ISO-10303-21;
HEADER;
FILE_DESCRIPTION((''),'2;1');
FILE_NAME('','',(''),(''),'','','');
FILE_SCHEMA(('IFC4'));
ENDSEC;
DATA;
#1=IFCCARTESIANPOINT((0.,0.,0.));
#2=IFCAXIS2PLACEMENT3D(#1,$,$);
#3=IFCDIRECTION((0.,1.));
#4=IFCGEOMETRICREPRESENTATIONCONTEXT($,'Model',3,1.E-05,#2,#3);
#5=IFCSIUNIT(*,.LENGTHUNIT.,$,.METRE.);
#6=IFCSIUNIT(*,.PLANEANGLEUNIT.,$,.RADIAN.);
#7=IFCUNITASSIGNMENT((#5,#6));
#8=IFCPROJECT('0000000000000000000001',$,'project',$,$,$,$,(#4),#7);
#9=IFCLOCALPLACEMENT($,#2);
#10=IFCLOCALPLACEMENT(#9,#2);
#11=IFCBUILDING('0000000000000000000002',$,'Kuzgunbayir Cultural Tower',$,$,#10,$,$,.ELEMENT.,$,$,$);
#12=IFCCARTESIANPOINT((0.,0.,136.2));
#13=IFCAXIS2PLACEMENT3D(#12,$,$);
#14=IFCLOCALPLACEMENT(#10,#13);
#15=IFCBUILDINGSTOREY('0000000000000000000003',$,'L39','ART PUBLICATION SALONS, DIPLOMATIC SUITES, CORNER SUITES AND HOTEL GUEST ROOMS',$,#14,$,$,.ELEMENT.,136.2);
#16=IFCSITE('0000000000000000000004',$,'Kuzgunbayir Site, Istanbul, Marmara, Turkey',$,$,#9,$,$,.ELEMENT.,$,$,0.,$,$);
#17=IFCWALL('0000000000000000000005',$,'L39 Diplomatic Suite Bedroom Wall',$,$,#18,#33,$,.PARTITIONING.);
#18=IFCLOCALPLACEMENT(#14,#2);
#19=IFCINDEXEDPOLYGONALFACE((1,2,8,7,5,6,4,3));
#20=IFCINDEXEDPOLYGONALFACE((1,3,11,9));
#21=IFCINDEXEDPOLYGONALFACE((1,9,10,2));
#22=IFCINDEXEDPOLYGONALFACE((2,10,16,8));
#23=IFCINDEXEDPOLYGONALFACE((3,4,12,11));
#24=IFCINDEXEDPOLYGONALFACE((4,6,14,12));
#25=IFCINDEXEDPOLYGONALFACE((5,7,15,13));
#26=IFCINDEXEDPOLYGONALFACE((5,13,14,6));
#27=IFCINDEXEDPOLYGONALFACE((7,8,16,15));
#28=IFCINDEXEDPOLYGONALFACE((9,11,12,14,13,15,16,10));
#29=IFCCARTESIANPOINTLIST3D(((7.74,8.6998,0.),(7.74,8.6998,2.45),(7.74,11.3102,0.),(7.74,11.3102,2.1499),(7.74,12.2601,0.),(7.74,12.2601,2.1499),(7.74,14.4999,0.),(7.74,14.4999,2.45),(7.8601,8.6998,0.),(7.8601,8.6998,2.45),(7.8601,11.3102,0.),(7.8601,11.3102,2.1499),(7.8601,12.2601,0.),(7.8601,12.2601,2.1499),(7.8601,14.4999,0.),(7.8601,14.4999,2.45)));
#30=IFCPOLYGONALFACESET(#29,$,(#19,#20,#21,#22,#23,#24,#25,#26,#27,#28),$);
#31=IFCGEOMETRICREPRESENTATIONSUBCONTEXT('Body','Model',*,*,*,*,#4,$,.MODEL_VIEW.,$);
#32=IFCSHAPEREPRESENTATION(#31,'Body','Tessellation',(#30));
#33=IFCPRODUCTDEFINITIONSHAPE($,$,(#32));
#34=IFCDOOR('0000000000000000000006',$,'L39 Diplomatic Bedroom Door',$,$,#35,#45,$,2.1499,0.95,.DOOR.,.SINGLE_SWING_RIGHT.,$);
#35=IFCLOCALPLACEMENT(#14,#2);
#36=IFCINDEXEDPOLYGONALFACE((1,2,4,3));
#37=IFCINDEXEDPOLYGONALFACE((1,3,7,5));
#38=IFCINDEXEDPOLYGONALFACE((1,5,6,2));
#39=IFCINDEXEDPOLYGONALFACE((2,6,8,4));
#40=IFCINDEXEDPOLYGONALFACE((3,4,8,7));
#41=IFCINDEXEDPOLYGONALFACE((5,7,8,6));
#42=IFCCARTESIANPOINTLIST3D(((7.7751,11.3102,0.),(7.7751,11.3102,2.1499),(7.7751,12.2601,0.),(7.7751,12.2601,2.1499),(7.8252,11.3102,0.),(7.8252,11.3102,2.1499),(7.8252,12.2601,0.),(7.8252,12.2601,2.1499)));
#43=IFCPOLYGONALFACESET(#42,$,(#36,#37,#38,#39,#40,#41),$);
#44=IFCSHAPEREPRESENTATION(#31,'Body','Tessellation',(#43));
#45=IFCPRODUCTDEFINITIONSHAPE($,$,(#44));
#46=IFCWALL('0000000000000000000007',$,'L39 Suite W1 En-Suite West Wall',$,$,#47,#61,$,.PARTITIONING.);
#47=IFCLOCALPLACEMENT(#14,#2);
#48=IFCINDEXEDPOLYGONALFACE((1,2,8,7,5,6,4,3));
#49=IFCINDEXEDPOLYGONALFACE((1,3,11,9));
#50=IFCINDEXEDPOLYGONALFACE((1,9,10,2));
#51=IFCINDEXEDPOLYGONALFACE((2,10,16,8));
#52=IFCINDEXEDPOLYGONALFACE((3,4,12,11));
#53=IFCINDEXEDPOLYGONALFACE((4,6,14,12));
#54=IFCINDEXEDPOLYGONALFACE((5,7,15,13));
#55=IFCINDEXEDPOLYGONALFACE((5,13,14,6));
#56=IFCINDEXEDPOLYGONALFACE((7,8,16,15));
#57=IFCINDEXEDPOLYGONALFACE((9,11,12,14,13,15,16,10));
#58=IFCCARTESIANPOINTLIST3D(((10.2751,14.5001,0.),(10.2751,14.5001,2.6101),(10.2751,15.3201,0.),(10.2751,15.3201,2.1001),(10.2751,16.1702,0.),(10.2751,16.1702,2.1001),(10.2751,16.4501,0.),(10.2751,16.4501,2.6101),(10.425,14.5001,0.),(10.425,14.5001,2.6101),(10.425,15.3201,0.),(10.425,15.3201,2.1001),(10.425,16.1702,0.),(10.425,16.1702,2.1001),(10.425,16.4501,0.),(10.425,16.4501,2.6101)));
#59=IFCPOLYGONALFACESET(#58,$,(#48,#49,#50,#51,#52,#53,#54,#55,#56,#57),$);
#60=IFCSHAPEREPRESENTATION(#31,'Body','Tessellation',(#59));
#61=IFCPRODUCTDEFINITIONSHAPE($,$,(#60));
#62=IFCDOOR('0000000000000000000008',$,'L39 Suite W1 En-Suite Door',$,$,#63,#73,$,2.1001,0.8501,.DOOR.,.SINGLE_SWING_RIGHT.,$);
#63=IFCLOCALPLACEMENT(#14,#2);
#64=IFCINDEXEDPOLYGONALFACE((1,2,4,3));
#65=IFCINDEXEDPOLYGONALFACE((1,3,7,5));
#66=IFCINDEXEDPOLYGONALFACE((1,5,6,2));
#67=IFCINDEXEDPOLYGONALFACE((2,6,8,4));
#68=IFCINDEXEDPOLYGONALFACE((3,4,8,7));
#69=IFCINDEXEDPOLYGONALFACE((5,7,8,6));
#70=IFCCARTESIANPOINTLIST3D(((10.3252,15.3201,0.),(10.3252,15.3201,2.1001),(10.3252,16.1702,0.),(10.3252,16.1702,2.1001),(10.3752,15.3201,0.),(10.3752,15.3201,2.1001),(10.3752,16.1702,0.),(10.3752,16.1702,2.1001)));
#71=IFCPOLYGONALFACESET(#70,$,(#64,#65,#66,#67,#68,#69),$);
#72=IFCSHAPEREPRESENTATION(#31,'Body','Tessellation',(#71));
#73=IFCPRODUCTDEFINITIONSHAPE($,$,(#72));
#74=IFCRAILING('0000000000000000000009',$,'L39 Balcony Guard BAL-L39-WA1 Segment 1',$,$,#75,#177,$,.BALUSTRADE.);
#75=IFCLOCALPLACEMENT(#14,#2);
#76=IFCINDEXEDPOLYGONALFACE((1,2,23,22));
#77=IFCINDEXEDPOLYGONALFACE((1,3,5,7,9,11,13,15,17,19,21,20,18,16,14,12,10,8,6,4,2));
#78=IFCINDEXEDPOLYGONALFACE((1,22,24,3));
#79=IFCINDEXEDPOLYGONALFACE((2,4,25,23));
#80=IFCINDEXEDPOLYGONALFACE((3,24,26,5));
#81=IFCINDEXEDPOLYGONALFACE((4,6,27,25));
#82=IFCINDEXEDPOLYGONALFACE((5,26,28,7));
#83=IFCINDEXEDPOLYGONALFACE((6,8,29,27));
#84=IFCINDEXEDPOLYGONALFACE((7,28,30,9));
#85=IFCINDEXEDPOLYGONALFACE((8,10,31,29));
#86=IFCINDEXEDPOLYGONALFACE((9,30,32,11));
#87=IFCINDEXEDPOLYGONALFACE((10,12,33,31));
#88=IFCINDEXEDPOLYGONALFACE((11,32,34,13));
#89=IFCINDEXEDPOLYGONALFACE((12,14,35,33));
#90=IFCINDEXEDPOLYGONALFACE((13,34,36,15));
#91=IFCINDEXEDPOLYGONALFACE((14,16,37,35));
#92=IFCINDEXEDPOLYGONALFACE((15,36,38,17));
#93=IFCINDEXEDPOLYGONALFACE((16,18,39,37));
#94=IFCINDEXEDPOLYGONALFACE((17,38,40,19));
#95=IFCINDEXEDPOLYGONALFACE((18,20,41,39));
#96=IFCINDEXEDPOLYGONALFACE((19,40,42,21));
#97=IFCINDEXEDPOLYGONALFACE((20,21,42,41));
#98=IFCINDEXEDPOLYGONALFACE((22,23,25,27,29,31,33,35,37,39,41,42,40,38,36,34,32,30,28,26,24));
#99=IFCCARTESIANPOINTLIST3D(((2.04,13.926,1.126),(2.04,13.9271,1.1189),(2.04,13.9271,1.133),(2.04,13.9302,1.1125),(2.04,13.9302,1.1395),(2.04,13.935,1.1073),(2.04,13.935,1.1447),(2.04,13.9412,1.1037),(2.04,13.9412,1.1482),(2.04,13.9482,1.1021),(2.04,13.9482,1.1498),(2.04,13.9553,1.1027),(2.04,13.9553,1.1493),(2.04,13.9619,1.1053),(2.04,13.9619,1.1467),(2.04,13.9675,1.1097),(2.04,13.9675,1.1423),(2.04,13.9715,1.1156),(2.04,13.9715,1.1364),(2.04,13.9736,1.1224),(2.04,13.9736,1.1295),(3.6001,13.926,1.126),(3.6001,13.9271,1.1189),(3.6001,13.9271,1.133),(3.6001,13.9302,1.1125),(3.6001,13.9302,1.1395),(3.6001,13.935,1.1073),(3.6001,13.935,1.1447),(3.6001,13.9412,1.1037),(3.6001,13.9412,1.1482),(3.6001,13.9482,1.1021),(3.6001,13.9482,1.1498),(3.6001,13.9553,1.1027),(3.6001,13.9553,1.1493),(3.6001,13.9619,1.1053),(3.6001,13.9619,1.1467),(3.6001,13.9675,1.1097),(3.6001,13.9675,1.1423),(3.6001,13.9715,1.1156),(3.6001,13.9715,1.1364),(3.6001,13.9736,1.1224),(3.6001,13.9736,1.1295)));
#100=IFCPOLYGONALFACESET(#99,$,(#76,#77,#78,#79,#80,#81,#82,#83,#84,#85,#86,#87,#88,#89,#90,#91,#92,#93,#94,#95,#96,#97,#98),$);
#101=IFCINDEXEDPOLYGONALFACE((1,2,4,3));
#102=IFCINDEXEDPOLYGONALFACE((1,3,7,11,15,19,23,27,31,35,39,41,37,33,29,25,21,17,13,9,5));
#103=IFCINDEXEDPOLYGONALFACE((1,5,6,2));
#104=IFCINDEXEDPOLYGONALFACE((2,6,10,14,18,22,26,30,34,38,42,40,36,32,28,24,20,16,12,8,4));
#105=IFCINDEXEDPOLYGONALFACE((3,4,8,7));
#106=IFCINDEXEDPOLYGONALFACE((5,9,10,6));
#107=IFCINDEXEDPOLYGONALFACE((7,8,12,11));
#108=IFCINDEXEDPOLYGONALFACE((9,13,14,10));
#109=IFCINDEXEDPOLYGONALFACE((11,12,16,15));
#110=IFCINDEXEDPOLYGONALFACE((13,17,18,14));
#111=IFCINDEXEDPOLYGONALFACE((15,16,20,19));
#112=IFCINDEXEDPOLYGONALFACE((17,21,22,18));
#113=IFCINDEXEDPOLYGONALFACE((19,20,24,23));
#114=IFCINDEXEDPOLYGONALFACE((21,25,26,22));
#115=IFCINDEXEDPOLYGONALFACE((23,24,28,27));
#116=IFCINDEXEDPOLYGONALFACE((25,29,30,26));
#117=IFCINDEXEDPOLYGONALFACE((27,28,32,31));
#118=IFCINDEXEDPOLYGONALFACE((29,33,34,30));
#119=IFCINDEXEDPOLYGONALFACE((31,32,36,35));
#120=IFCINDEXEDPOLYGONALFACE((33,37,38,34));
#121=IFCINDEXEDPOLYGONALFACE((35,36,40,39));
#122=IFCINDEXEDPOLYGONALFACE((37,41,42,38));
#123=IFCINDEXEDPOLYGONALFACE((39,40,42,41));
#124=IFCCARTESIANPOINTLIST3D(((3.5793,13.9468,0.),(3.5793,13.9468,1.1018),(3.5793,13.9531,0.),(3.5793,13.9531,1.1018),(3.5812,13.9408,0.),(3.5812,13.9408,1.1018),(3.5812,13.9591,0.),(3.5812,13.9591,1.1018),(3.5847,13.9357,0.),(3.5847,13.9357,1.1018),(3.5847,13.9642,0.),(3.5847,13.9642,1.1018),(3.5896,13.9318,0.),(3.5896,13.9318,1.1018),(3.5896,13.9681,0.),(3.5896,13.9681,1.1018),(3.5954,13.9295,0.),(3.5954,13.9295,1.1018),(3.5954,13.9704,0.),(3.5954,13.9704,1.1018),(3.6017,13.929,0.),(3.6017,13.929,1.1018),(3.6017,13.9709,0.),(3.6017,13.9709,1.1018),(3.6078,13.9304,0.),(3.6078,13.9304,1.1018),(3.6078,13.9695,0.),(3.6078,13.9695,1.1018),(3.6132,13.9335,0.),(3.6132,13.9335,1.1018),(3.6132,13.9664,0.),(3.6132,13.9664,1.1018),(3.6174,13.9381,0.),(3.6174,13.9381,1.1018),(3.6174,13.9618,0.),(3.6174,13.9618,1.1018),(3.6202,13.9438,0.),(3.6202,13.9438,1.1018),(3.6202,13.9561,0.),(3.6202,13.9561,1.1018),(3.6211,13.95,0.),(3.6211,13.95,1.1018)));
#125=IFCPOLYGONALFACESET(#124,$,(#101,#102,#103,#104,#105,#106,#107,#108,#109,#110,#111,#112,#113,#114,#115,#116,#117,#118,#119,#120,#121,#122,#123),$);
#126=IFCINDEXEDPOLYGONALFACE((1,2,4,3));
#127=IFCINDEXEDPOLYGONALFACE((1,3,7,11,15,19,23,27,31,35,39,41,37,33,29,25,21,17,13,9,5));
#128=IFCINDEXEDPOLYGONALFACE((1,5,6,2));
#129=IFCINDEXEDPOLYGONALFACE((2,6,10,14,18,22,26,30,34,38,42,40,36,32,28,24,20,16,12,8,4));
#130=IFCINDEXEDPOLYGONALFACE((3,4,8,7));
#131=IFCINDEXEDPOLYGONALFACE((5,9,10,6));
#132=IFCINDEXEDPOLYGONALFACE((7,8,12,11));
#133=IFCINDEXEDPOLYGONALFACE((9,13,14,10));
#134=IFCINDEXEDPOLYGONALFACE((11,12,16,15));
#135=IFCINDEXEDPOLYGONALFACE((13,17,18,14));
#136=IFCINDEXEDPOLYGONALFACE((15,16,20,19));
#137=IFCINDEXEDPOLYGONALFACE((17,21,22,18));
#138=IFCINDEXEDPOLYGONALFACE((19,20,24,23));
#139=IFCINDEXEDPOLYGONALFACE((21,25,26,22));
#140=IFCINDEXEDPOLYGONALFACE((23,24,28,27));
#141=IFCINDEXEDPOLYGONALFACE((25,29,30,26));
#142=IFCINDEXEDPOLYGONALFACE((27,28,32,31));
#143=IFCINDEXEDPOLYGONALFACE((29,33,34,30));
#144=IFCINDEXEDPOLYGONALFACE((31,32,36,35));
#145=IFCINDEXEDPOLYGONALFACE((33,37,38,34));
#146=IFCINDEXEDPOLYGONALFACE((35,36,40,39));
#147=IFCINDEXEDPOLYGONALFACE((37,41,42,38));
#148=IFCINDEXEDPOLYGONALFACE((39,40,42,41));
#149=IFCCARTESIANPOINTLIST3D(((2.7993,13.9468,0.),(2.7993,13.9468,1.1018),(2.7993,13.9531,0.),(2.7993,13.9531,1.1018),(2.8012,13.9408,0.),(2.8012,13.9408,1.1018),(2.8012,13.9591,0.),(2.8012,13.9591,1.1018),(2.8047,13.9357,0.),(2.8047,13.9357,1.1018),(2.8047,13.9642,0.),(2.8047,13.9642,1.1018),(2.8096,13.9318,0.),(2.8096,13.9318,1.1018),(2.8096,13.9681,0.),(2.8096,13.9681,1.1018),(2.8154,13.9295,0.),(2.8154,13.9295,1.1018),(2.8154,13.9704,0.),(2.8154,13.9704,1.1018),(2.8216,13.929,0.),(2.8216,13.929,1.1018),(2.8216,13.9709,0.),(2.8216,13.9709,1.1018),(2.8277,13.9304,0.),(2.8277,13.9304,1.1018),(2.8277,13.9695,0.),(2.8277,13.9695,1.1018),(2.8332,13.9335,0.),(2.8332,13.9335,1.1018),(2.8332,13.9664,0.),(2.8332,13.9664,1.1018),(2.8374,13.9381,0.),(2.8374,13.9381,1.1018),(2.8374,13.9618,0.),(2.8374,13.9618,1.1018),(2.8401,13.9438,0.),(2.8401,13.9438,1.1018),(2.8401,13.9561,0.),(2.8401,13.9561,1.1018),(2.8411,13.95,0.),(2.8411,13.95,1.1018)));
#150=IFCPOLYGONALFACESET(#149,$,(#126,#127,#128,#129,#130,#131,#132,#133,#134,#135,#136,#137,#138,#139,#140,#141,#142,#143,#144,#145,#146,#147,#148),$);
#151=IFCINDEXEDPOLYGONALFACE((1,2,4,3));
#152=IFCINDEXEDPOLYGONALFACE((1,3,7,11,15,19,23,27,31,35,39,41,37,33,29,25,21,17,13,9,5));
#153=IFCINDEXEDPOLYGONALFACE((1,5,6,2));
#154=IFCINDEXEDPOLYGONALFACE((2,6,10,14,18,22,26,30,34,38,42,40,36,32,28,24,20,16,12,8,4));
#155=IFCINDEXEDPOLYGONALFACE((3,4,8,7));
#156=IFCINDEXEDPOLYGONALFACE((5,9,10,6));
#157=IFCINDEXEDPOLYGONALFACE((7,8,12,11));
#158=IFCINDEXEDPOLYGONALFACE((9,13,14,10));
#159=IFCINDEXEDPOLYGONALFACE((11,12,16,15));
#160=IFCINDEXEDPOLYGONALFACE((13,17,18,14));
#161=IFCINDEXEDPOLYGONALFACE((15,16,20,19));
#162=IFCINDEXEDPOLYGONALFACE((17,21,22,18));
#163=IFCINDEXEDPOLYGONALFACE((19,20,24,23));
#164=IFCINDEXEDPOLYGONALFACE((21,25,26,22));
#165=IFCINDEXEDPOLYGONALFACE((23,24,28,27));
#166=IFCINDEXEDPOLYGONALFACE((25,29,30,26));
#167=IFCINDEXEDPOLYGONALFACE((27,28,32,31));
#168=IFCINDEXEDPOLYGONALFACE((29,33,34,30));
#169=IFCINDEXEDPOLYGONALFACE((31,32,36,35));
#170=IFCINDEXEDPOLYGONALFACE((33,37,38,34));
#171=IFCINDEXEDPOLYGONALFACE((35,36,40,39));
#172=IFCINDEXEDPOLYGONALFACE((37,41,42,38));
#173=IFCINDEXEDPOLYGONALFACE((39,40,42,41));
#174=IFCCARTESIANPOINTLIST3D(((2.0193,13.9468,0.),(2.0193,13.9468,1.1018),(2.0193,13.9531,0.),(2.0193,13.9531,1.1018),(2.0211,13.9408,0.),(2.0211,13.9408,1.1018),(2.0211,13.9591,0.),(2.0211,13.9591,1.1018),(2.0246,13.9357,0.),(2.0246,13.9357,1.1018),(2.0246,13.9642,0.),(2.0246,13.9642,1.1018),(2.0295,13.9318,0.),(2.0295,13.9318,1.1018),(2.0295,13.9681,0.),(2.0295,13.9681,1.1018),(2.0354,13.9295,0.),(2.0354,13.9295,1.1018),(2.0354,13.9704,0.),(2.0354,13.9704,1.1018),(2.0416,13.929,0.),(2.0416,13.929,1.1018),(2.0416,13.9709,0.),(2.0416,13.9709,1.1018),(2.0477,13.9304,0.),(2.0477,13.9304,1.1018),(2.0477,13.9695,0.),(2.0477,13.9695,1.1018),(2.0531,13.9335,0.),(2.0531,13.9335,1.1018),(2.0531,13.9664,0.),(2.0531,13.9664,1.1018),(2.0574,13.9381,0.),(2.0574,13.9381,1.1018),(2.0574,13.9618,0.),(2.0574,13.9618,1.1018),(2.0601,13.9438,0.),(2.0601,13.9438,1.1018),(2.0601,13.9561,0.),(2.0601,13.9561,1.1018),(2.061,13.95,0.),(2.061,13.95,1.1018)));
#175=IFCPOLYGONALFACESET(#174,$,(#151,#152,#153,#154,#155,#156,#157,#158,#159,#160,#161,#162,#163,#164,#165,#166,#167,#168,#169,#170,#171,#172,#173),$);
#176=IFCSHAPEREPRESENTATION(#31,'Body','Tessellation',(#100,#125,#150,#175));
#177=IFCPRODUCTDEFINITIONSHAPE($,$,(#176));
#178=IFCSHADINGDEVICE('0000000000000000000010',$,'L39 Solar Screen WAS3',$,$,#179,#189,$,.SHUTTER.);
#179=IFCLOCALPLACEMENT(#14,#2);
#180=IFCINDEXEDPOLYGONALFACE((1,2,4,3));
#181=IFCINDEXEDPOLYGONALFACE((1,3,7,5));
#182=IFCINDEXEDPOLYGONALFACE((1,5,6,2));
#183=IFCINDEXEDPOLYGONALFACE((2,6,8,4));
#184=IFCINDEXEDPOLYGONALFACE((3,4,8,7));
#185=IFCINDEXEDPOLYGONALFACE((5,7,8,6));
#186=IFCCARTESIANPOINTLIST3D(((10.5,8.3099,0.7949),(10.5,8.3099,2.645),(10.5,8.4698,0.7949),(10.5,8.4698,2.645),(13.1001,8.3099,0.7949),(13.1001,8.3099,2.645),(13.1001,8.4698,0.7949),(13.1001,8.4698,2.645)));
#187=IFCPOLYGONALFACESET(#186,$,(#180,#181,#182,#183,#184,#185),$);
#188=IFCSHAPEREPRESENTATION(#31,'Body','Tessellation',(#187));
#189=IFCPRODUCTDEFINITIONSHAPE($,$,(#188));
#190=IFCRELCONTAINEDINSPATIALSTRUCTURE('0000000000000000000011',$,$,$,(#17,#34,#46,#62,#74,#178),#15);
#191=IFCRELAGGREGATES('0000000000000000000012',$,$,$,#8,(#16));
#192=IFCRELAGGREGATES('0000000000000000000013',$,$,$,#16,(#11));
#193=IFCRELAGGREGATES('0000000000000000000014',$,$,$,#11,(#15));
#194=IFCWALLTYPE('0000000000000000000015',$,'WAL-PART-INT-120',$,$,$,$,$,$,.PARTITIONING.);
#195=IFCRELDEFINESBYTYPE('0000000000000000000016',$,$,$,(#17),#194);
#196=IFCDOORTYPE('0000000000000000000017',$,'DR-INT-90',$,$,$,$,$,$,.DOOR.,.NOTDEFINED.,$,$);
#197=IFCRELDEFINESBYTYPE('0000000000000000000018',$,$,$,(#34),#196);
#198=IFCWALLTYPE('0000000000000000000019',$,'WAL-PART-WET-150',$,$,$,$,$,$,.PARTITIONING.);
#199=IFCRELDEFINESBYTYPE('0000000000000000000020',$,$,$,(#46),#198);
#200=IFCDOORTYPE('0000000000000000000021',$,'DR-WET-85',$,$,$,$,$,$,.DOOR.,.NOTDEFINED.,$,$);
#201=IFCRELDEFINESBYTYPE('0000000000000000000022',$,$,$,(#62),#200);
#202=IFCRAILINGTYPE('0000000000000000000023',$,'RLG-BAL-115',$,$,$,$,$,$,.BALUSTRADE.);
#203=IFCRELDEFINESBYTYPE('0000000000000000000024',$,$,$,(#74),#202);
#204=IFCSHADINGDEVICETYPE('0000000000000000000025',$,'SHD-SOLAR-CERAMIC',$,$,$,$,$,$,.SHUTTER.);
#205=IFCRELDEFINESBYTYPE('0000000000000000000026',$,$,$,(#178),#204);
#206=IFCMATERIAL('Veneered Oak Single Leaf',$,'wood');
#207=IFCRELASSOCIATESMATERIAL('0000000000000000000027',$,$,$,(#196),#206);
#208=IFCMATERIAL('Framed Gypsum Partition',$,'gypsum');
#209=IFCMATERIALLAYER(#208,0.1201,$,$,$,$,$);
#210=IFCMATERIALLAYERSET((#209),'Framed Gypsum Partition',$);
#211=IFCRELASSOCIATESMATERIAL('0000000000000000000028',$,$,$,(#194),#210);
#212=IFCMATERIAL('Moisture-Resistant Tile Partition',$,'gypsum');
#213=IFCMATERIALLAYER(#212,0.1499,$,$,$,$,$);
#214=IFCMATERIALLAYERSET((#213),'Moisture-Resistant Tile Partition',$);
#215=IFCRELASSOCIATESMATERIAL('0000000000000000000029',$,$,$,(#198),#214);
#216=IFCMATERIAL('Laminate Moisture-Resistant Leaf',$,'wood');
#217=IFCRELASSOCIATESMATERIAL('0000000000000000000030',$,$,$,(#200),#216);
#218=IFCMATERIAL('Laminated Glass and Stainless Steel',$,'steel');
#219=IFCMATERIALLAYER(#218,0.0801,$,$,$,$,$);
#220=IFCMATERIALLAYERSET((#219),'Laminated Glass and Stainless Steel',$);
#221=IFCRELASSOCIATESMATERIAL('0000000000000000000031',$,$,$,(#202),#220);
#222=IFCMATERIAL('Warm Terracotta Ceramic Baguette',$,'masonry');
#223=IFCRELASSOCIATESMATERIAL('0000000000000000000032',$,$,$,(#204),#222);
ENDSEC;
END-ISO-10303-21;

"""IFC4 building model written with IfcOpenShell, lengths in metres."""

from ifc_helpers import new_model, si_unit, direction, frame, frame_2d, origin, origin_2d, place, context, subcontext, project, spatial, rectangle, circle, extrude, material, layer, layer_set, type_object, element, fill, save


model = new_model("IFC4")

# Units and contexts
model_context = context("Model", 3, precision=1e-05, world=origin(), true_north=direction((0.0, 1.0)))
body_context = subcontext(model_context, "Body", "Model", "MODEL_VIEW")
ifc_project = project(units=[si_unit("LENGTHUNIT", "METRE"), si_unit("PLANEANGLEUNIT", "RADIAN")], contexts=[model_context])

# Site, building, storey
site_placement = place(None, origin())
site = spatial("IfcSite", under=ifc_project, at=site_placement, Name="Kuzgunbayir Site, Istanbul, Marmara, Turkey", CompositionType="ELEMENT", RefElevation=0.0)
building_placement = place(site_placement, origin())
building = spatial("IfcBuilding", under=site, at=building_placement, Name="Kuzgunbayir Cultural Tower", CompositionType="ELEMENT")
storey_placement = place(building_placement, frame((0.0, 0.0, 136.2)))
storey = spatial("IfcBuildingStorey", under=building, at=storey_placement, Name="L39", Description="ART PUBLICATION SALONS, DIPLOMATIC SUITES, CORNER SUITES AND HOTEL GUEST ROOMS", CompositionType="ELEMENT", Elevation=136.2)

# Shared definitions
ifc_material_1 = material(Name="Veneered Oak Single Leaf", Category="wood")
door_type_1 = type_object("IfcDoorType", Name="DR-INT-90", OperationType="NOTDEFINED", PredefinedType="DOOR", material=ifc_material_1)
ifc_material_2 = material(Name="Laminate Moisture-Resistant Leaf", Category="wood")

# Walls, openings, doors
ifc_material_3 = material(Name="Framed Gypsum Partition", Category="gypsum")
ifc_layer_1 = layer(ifc_material_3, 0.1201)
ifc_layer_set_1 = layer_set([ifc_layer_1], Name="Framed Gypsum Partition")
wall_type_1 = type_object("IfcWallType", Name="WAL-PART-INT-120", PredefinedType="PARTITIONING", material=ifc_layer_set_1)
wall_1_placement = place(storey_placement, frame((7.8, 8.7, 0.0), z_axis=(0.0, 0.0, 1.0), x_axis=(0.0, 1.0, 0.0)))
wall_1 = element("IfcWall", 1, at=wall_1_placement, inside=storey, type_object=wall_type_1, Name="L39 Diplomatic Suite Bedroom Wall", PredefinedType="PARTITIONING", context=body_context, shape_type="SweptSolid", body=[
    extrude(rectangle(XDim=5.8, YDim=0.1201, at=frame_2d((2.8999, 0.0))), origin(), (0.0, 0.0, 1.0), 2.45),
])
opening_1_placement = place(wall_1_placement, frame((2.6101, 0.0, 0.0)))
opening_1 = element("IfcOpeningElement", 2, at=opening_1_placement, cuts=wall_1, PredefinedType="OPENING", context=body_context, shape_type="SweptSolid", body=[
    extrude(rectangle(XDim=0.95, YDim=2.1499, at=frame_2d((0.4751, 1.075))), frame((0.0, 0.0701, 0.0), z_axis=(0.0, -1.0, 0.0), x_axis=(1.0, 0.0, 0.0)), (0.0, 0.0, 1.0), 0.1401),
])
door_1_placement = place(opening_1_placement, origin())
door_1 = element("IfcDoor", 3, at=door_1_placement, inside=storey, type_object=door_type_1, Name="L39 Diplomatic Bedroom Door", OperationType="SINGLE_SWING_RIGHT", OverallHeight=2.1499, OverallWidth=0.95, PredefinedType="DOOR", context=body_context, shape_type="SweptSolid", body=[
    extrude(rectangle(XDim=0.95, YDim=2.1499, at=frame_2d((0.4751, 1.075))), frame((0.0, 0.0249, 0.0), z_axis=(0.0, -1.0, 0.0), x_axis=(1.0, 0.0, 0.0)), (0.0, 0.0, 1.0), 0.05),
])
fill(opening_1, door_1)
ifc_material_4 = material(Name="Moisture-Resistant Tile Partition", Category="gypsum")
ifc_layer_2 = layer(ifc_material_4, 0.1499)
ifc_layer_set_2 = layer_set([ifc_layer_2], Name="Moisture-Resistant Tile Partition")
wall_type_2 = type_object("IfcWallType", Name="WAL-PART-WET-150", PredefinedType="PARTITIONING", material=ifc_layer_set_2)
wall_2_placement = place(storey_placement, frame((10.3501, 14.5, 0.0), z_axis=(0.0, 0.0, 1.0), x_axis=(0.0, 1.0, 0.0)))
wall_2 = element("IfcWall", 4, at=wall_2_placement, inside=storey, type_object=wall_type_2, Name="L39 Suite W1 En-Suite West Wall", PredefinedType="PARTITIONING", context=body_context, shape_type="SweptSolid", body=[
    extrude(rectangle(XDim=1.95, YDim=0.1499, at=frame_2d((0.9751, 0.0))), origin(), (0.0, 0.0, 1.0), 2.6101),
])
opening_2_placement = place(wall_2_placement, frame((0.8201, 0.0, 0.0)))
opening_2 = element("IfcOpeningElement", 5, at=opening_2_placement, cuts=wall_2, PredefinedType="OPENING", context=body_context, shape_type="SweptSolid", body=[
    extrude(rectangle(XDim=0.8501, YDim=2.1001, at=frame_2d((0.425, 1.05))), frame((0.0, 0.085, 0.0), z_axis=(0.0, -1.0, 0.0), x_axis=(1.0, 0.0, 0.0)), (0.0, 0.0, 1.0), 0.1699),
])
door_type_2 = type_object("IfcDoorType", Name="DR-WET-85", OperationType="NOTDEFINED", PredefinedType="DOOR", material=ifc_material_2)
door_2_placement = place(opening_2_placement, origin())
door_2 = element("IfcDoor", 6, at=door_2_placement, inside=storey, type_object=door_type_2, Name="L39 Suite W1 En-Suite Door", OperationType="SINGLE_SWING_RIGHT", OverallHeight=2.1001, OverallWidth=0.8501, PredefinedType="DOOR", context=body_context, shape_type="SweptSolid", body=[
    extrude(rectangle(XDim=0.8501, YDim=2.1001, at=frame_2d((0.425, 1.05))), frame((0.0, 0.0249, 0.0), z_axis=(0.0, -1.0, 0.0), x_axis=(1.0, 0.0, 0.0)), (0.0, 0.0, 1.0), 0.05),
])
fill(opening_2, door_2)

# Railing
ifc_material_5 = material(Name="Laminated Glass and Stainless Steel", Category="steel")
ifc_layer_3 = layer(ifc_material_5, 0.0801)
ifc_layer_set_3 = layer_set([ifc_layer_3], Name="Laminated Glass and Stainless Steel")
railing_type = type_object("IfcRailingType", Name="RLG-BAL-115", PredefinedType="BALUSTRADE", material=ifc_layer_set_3)
railing_placement = place(storey_placement, frame((3.6001, 13.95, 0.0)))
element("IfcRailing", 7, at=railing_placement, inside=storey, type_object=railing_type, Name="L39 Balcony Guard BAL-L39-WA1 Segment 1", PredefinedType="BALUSTRADE", context=body_context, shape_type="SweptSolid", body=[
    extrude(circle(Radius=0.0239, at=origin_2d()), frame((0.0, 0.0, 1.126), z_axis=(-1.0, 0.0, 0.0), x_axis=(0.0, -1.0, 0.0)), (0.0, 0.0, 1.0), 1.5601),
    extrude(circle(Radius=0.021, at=origin_2d()), origin(), (0.0, 0.0, 1.0), 1.1018),
    extrude(circle(Radius=0.021, at=origin_2d()), frame((-0.78, 0.0, 0.0)), (0.0, 0.0, 1.0), 1.1018),
    extrude(circle(Radius=0.021, at=origin_2d()), frame((-1.5601, 0.0, 0.0)), (0.0, 0.0, 1.0), 1.1018),
])

# Shading device
ifc_material_6 = material(Name="Warm Terracotta Ceramic Baguette", Category="masonry")
shading_device_type = type_object("IfcShadingDeviceType", Name="SHD-SOLAR-CERAMIC", PredefinedType="SHUTTER", material=ifc_material_6)
shading_device_placement = place(storey_placement, frame((11.8, 8.3899, 0.7949), z_axis=(0.0, 0.0, 1.0), x_axis=(1.0, 0.0, 0.0)))
element("IfcShadingDevice", 8, at=shading_device_placement, inside=storey, type_object=shading_device_type, Name="L39 Solar Screen WAS3", PredefinedType="SHUTTER", context=body_context, shape_type="SweptSolid", body=[
    extrude(rectangle(XDim=2.6001, YDim=0.1599, at=origin_2d()), origin(), (0.0, 0.0, 1.0), 1.8501),
])

save(model, "model.ifc")
